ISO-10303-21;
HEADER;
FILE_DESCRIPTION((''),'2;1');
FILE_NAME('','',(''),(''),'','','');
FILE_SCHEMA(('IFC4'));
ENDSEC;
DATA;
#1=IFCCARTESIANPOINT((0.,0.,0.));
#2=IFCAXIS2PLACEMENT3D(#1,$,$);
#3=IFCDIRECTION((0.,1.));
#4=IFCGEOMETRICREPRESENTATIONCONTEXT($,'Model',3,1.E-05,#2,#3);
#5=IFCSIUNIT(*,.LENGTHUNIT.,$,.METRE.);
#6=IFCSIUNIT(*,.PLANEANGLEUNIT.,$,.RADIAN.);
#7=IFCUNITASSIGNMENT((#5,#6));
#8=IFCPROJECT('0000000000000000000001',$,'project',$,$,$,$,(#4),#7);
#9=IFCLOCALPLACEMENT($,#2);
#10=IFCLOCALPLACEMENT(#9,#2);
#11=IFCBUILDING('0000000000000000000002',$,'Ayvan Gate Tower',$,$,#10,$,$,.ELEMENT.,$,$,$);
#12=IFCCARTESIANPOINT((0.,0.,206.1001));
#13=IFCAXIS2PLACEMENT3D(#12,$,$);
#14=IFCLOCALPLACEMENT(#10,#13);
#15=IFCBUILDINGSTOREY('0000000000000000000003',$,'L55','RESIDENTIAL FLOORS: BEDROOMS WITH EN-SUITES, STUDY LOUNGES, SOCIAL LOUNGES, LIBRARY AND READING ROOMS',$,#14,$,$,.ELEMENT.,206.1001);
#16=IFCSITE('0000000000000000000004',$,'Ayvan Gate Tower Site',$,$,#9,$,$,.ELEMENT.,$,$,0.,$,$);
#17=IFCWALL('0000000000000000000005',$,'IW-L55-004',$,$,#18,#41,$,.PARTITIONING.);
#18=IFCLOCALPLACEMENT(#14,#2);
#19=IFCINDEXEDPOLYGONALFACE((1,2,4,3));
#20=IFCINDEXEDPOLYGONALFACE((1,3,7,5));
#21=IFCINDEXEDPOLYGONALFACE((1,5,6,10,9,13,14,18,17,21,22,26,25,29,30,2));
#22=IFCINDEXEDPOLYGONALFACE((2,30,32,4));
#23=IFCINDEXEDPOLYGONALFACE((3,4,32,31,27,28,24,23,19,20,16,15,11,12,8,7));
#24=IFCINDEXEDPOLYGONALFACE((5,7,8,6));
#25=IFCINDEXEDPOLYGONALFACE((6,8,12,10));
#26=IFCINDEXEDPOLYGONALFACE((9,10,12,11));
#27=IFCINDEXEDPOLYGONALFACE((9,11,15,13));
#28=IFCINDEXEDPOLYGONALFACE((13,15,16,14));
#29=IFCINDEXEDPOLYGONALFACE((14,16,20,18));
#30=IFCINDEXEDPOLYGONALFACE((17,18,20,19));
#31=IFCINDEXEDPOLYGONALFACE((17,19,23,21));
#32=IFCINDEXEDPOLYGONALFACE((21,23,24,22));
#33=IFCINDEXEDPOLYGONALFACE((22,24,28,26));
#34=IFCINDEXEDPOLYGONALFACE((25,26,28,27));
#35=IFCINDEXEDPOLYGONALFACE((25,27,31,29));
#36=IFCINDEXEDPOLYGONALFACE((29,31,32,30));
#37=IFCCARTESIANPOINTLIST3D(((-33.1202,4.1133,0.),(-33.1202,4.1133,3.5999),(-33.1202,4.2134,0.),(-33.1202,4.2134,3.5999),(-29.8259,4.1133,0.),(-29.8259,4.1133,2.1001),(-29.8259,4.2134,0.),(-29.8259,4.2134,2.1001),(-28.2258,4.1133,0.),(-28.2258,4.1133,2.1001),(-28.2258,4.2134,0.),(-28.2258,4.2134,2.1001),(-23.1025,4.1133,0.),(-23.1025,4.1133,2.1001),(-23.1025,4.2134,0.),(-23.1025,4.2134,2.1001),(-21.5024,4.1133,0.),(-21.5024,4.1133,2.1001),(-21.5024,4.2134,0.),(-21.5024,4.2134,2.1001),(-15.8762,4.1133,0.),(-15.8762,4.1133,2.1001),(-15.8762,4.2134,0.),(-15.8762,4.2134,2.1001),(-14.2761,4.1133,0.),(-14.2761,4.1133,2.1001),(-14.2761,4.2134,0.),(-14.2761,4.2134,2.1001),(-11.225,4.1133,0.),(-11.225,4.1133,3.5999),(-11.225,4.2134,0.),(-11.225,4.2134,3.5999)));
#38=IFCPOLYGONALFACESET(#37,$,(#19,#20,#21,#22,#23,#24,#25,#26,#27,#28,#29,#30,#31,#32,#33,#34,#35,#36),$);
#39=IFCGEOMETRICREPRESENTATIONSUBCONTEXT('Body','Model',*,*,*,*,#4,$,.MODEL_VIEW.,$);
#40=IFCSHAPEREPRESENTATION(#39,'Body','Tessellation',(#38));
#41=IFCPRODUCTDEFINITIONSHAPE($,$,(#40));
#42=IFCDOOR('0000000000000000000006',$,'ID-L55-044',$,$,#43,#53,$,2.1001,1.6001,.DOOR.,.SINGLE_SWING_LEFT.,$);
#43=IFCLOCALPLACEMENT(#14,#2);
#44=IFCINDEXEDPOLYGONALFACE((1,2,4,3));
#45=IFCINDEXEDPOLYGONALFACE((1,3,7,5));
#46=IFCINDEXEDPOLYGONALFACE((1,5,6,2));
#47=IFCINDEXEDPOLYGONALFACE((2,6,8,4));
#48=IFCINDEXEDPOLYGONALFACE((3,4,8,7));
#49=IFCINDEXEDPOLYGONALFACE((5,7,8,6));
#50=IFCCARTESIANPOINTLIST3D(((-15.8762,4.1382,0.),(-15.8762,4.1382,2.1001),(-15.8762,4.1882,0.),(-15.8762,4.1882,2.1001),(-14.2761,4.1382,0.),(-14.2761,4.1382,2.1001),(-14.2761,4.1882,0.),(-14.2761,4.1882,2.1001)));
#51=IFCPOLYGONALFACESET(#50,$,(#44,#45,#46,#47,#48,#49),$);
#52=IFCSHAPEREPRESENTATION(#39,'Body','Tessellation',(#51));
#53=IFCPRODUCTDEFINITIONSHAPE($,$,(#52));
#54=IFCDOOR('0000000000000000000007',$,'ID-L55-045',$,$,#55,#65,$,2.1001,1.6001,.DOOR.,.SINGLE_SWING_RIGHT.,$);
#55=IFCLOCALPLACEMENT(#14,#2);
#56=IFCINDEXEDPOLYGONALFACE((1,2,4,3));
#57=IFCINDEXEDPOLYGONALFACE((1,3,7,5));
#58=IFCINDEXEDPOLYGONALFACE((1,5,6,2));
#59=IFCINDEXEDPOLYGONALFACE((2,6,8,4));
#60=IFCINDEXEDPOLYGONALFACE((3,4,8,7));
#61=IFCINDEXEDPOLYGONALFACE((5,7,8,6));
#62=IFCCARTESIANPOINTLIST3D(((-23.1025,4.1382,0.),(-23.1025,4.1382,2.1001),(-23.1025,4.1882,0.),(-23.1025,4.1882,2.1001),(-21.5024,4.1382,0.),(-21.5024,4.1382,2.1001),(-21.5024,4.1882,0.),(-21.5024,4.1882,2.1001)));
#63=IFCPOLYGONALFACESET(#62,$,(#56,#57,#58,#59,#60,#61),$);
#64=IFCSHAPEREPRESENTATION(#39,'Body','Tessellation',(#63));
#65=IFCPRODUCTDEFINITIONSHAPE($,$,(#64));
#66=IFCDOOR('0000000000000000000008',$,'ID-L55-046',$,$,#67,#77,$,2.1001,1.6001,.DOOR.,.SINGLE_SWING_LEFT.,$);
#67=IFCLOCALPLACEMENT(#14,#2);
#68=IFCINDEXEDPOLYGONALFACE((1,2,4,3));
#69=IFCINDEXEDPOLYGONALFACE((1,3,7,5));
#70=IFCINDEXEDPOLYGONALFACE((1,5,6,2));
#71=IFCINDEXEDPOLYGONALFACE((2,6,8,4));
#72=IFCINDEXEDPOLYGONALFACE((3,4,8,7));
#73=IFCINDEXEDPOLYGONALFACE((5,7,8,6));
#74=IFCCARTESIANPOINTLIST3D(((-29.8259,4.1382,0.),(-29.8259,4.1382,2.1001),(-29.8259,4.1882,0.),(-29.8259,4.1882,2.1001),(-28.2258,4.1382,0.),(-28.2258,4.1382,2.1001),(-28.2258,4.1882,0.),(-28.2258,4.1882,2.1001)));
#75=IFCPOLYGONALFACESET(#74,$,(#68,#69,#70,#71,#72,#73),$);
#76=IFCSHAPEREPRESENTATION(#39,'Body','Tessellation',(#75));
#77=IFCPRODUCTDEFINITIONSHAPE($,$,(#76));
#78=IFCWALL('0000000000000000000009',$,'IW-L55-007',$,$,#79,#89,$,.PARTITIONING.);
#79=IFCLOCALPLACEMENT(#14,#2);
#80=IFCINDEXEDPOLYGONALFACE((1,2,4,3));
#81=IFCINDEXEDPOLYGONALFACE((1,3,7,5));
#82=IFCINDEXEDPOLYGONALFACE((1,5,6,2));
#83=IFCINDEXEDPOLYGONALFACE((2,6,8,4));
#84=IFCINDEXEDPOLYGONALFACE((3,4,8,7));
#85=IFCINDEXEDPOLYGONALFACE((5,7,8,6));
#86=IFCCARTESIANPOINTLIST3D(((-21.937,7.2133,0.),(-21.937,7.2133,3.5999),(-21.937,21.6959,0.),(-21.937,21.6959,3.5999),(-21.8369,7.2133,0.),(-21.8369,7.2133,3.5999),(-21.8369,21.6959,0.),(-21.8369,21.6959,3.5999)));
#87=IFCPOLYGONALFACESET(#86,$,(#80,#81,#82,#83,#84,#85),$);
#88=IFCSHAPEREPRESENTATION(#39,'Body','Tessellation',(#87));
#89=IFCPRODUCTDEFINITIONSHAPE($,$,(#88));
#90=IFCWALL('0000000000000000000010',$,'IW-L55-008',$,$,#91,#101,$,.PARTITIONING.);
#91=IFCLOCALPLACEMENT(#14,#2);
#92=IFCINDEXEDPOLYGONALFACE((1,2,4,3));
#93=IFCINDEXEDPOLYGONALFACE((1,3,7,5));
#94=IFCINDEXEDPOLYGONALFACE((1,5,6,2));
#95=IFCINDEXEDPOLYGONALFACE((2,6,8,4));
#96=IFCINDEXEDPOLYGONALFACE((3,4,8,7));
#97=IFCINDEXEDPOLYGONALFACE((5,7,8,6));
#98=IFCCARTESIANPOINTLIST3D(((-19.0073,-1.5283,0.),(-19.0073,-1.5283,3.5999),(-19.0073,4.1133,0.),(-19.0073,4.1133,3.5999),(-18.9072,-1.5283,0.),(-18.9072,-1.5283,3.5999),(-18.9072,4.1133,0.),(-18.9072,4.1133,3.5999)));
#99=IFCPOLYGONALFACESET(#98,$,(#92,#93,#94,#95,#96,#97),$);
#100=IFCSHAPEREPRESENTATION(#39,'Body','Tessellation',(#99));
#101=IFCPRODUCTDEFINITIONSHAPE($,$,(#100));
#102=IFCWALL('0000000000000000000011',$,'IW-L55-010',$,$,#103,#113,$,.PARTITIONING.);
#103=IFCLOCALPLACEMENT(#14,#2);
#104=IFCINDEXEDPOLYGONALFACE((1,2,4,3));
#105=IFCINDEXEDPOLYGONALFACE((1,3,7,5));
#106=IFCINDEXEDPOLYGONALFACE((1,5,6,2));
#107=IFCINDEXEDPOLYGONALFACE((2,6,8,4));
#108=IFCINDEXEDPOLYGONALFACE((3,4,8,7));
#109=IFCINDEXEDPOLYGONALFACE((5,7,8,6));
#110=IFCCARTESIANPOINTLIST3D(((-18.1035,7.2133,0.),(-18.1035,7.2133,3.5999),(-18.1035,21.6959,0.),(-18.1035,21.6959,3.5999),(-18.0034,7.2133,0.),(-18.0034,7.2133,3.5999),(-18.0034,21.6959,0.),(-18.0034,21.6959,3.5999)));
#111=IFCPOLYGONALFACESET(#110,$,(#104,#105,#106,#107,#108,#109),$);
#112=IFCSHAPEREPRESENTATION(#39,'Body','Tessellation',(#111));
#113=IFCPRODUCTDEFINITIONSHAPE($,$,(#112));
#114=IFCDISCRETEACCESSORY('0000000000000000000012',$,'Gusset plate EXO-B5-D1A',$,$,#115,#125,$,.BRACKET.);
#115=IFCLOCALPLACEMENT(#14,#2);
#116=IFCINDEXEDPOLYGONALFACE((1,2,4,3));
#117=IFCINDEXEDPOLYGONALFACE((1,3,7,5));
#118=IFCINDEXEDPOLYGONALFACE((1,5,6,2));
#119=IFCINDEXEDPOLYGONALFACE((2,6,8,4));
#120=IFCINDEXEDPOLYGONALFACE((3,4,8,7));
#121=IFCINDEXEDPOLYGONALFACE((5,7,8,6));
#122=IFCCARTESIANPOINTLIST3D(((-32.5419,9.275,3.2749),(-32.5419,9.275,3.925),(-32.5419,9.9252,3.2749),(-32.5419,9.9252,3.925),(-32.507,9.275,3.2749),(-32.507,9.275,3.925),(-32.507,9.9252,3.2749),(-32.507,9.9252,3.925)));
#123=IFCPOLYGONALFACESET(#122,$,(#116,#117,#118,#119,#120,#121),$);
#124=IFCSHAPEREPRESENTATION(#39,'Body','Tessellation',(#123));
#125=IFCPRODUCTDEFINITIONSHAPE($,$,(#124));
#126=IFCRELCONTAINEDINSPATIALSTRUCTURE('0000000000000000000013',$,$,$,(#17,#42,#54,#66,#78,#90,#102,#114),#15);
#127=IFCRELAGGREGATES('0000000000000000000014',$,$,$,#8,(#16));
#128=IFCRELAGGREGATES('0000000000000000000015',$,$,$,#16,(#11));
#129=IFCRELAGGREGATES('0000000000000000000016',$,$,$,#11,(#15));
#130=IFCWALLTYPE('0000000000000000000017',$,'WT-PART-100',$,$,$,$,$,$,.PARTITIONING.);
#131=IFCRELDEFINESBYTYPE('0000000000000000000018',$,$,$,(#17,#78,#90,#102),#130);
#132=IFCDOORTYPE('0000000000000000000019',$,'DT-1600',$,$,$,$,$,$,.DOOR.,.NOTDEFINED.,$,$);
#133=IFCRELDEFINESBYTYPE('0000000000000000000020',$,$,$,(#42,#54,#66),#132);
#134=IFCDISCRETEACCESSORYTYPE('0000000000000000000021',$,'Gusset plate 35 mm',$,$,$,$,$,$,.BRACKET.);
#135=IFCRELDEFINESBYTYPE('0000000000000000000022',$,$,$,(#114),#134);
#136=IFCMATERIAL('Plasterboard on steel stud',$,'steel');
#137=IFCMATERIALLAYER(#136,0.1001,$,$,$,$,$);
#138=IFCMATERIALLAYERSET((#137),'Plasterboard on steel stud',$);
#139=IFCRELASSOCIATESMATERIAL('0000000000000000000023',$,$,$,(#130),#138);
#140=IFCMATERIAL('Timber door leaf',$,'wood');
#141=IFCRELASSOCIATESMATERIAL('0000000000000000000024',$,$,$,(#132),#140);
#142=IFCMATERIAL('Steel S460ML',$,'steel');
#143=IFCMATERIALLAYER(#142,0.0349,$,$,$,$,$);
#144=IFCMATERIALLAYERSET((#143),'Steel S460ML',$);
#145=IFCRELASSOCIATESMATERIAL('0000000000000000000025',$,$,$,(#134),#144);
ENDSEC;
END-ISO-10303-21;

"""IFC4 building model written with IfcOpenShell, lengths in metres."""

from ifc_helpers import new_model, si_unit, direction, frame, frame_2d, origin, origin_2d, place, context, subcontext, project, spatial, rectangle, extrude, material, layer, layer_set, type_object, element, fill, save


model = new_model("IFC4")

# Units and contexts
model_context = context("Model", 3, precision=1e-05, world=origin(), true_north=direction((0.0, 1.0)))
body_context = subcontext(model_context, "Body", "Model", "MODEL_VIEW")
ifc_project = project(units=[si_unit("LENGTHUNIT", "METRE"), si_unit("PLANEANGLEUNIT", "RADIAN")], contexts=[model_context])

# Site, building, storey
site_placement = place(None, origin())
site = spatial("IfcSite", under=ifc_project, at=site_placement, Name="Ayvan Gate Tower Site", CompositionType="ELEMENT", RefElevation=0.0)
building_placement = place(site_placement, origin())
building = spatial("IfcBuilding", under=site, at=building_placement, Name="Ayvan Gate Tower", CompositionType="ELEMENT")
storey_placement = place(building_placement, frame((0.0, 0.0, 206.1001)))
storey = spatial("IfcBuildingStorey", under=building, at=storey_placement, Name="L55", Description="RESIDENTIAL FLOORS: BEDROOMS WITH EN-SUITES, STUDY LOUNGES, SOCIAL LOUNGES, LIBRARY AND READING ROOMS", CompositionType="ELEMENT", Elevation=206.1001)

# Shared definitions
ifc_material_1 = material(Name="Plasterboard on steel stud", Category="steel")
ifc_layer_1 = layer(ifc_material_1, 0.1001)
ifc_layer_set_1 = layer_set([ifc_layer_1], Name="Plasterboard on steel stud")
wall_type = type_object("IfcWallType", Name="WT-PART-100", PredefinedType="PARTITIONING", material=ifc_layer_set_1)
ifc_material_2 = material(Name="Timber door leaf", Category="wood")
door_type = type_object("IfcDoorType", Name="DT-1600", OperationType="NOTDEFINED", PredefinedType="DOOR", material=ifc_material_2)

# Wall, openings, doors
wall_1_placement = place(storey_placement, frame((-33.1204, 4.1633, 0.0), z_axis=(0.0, 0.0, 1.0), x_axis=(1.0, 0.0, 0.0)))
wall_1 = element("IfcWall", 1, at=wall_1_placement, inside=storey, type_object=wall_type, Name="IW-L55-004", PredefinedType="PARTITIONING", context=body_context, shape_type="SweptSolid", body=[
    extrude(rectangle(XDim=21.8953, YDim=0.1001, at=frame_2d((10.9478, 0.0))), origin(), (0.0, 0.0, 1.0), 3.5999),
])
opening_1_placement = place(wall_1_placement, frame((17.2441, 0.0, 0.0)))
opening_1 = element("IfcOpeningElement", 2, at=opening_1_placement, cuts=wall_1, PredefinedType="OPENING", context=body_context, shape_type="SweptSolid", body=[
    extrude(rectangle(XDim=1.6001, YDim=2.1001, at=frame_2d((0.8, 1.05))), frame((0.0, 0.0601, 0.0), z_axis=(0.0, -1.0, 0.0), x_axis=(1.0, 0.0, 0.0)), (0.0, 0.0, 1.0), 0.1201),
])
opening_2_placement = place(wall_1_placement, frame((10.0178, 0.0, 0.0)))
opening_2 = element("IfcOpeningElement", 3, at=opening_2_placement, cuts=wall_1, PredefinedType="OPENING", context=body_context, shape_type="SweptSolid", body=[
    extrude(rectangle(XDim=1.6001, YDim=2.1001, at=frame_2d((0.8, 1.05))), frame((0.0, 0.0601, 0.0), z_axis=(0.0, -1.0, 0.0), x_axis=(1.0, 0.0, 0.0)), (0.0, 0.0, 1.0), 0.1201),
])
opening_3_placement = place(wall_1_placement, frame((3.2944, 0.0, 0.0)))
opening_3 = element("IfcOpeningElement", 4, at=opening_3_placement, cuts=wall_1, PredefinedType="OPENING", context=body_context, shape_type="SweptSolid", body=[
    extrude(rectangle(XDim=1.6001, YDim=2.1001, at=frame_2d((0.8, 1.05))), frame((0.0, 0.0601, 0.0), z_axis=(0.0, -1.0, 0.0), x_axis=(1.0, 0.0, 0.0)), (0.0, 0.0, 1.0), 0.1201),
])
door_1_placement = place(opening_1_placement, origin())
door_1 = element("IfcDoor", 5, at=door_1_placement, inside=storey, type_object=door_type, Name="ID-L55-044", OperationType="SINGLE_SWING_LEFT", OverallHeight=2.1001, OverallWidth=1.6001, PredefinedType="DOOR", context=body_context, shape_type="SweptSolid", body=[
    extrude(rectangle(XDim=1.6001, YDim=2.1001, at=frame_2d((0.8, 1.05))), frame((0.0, 0.0249, 0.0), z_axis=(0.0, -1.0, 0.0), x_axis=(1.0, 0.0, 0.0)), (0.0, 0.0, 1.0), 0.05),
])
fill(opening_1, door_1)
door_2_placement = place(opening_2_placement, origin())
door_2 = element("IfcDoor", 6, at=door_2_placement, inside=storey, type_object=door_type, Name="ID-L55-045", OperationType="SINGLE_SWING_RIGHT", OverallHeight=2.1001, OverallWidth=1.6001, PredefinedType="DOOR", context=body_context, shape_type="SweptSolid", body=[
    extrude(rectangle(XDim=1.6001, YDim=2.1001, at=frame_2d((0.8, 1.05))), frame((0.0, 0.0249, 0.0), z_axis=(0.0, -1.0, 0.0), x_axis=(1.0, 0.0, 0.0)), (0.0, 0.0, 1.0), 0.05),
])
fill(opening_2, door_2)
door_3_placement = place(opening_3_placement, origin())
door_3 = element("IfcDoor", 7, at=door_3_placement, inside=storey, type_object=door_type, Name="ID-L55-046", OperationType="SINGLE_SWING_LEFT", OverallHeight=2.1001, OverallWidth=1.6001, PredefinedType="DOOR", context=body_context, shape_type="SweptSolid", body=[
    extrude(rectangle(XDim=1.6001, YDim=2.1001, at=frame_2d((0.8, 1.05))), frame((0.0, 0.0249, 0.0), z_axis=(0.0, -1.0, 0.0), x_axis=(1.0, 0.0, 0.0)), (0.0, 0.0, 1.0), 0.05),
])
fill(opening_3, door_3)

# Walls
wall_2_placement = place(storey_placement, frame((-21.887, 7.2134, 0.0), z_axis=(0.0, 0.0, 1.0), x_axis=(0.0, 1.0, 0.0)))
element("IfcWall", 8, at=wall_2_placement, inside=storey, type_object=wall_type, Name="IW-L55-007", PredefinedType="PARTITIONING", context=body_context, shape_type="SweptSolid", body=[
    extrude(rectangle(XDim=14.4827, YDim=0.1001, at=frame_2d((7.2412, 0.0))), origin(), (0.0, 0.0, 1.0), 3.5999),
])
wall_3_placement = place(storey_placement, frame((-18.9573, -1.5283, 0.0), z_axis=(0.0, 0.0, 1.0), x_axis=(0.0, 1.0, 0.0)))
element("IfcWall", 9, at=wall_3_placement, inside=storey, type_object=wall_type, Name="IW-L55-008", PredefinedType="PARTITIONING", context=body_context, shape_type="SweptSolid", body=[
    extrude(rectangle(XDim=5.6416, YDim=0.1001, at=frame_2d((2.8208, 0.0))), origin(), (0.0, 0.0, 1.0), 3.5999),
])
wall_4_placement = place(storey_placement, frame((-18.0535, 7.2134, 0.0), z_axis=(0.0, 0.0, 1.0), x_axis=(0.0, 1.0, 0.0)))
element("IfcWall", 10, at=wall_4_placement, inside=storey, type_object=wall_type, Name="IW-L55-010", PredefinedType="PARTITIONING", context=body_context, shape_type="SweptSolid", body=[
    extrude(rectangle(XDim=14.4827, YDim=0.1001, at=frame_2d((7.2412, 0.0))), origin(), (0.0, 0.0, 1.0), 3.5999),
])

# Discrete accessory
ifc_material_3 = material(Name="Steel S460ML", Category="steel")
ifc_layer_2 = layer(ifc_material_3, 0.0349)
ifc_layer_set_2 = layer_set([ifc_layer_2], Name="Steel S460ML")
discrete_accessory_type = type_object("IfcDiscreteAccessoryType", Name="Gusset plate 35 mm", PredefinedType="BRACKET", material=ifc_layer_set_2)
discrete_accessory_placement = place(storey_placement, frame((-32.5244, 9.6001, 3.2749), z_axis=(0.0, 0.0, 1.0), x_axis=(0.0, 1.0, 0.0)))
element("IfcDiscreteAccessory", 11, at=discrete_accessory_placement, inside=storey, type_object=discrete_accessory_type, Name="Gusset plate EXO-B5-D1A", PredefinedType="BRACKET", context=body_context, shape_type="SweptSolid", body=[
    extrude(rectangle(XDim=0.6501, YDim=0.0349, at=origin_2d()), origin(), (0.0, 0.0, 1.0), 0.6501),
])

save(model, "model.ifc")
